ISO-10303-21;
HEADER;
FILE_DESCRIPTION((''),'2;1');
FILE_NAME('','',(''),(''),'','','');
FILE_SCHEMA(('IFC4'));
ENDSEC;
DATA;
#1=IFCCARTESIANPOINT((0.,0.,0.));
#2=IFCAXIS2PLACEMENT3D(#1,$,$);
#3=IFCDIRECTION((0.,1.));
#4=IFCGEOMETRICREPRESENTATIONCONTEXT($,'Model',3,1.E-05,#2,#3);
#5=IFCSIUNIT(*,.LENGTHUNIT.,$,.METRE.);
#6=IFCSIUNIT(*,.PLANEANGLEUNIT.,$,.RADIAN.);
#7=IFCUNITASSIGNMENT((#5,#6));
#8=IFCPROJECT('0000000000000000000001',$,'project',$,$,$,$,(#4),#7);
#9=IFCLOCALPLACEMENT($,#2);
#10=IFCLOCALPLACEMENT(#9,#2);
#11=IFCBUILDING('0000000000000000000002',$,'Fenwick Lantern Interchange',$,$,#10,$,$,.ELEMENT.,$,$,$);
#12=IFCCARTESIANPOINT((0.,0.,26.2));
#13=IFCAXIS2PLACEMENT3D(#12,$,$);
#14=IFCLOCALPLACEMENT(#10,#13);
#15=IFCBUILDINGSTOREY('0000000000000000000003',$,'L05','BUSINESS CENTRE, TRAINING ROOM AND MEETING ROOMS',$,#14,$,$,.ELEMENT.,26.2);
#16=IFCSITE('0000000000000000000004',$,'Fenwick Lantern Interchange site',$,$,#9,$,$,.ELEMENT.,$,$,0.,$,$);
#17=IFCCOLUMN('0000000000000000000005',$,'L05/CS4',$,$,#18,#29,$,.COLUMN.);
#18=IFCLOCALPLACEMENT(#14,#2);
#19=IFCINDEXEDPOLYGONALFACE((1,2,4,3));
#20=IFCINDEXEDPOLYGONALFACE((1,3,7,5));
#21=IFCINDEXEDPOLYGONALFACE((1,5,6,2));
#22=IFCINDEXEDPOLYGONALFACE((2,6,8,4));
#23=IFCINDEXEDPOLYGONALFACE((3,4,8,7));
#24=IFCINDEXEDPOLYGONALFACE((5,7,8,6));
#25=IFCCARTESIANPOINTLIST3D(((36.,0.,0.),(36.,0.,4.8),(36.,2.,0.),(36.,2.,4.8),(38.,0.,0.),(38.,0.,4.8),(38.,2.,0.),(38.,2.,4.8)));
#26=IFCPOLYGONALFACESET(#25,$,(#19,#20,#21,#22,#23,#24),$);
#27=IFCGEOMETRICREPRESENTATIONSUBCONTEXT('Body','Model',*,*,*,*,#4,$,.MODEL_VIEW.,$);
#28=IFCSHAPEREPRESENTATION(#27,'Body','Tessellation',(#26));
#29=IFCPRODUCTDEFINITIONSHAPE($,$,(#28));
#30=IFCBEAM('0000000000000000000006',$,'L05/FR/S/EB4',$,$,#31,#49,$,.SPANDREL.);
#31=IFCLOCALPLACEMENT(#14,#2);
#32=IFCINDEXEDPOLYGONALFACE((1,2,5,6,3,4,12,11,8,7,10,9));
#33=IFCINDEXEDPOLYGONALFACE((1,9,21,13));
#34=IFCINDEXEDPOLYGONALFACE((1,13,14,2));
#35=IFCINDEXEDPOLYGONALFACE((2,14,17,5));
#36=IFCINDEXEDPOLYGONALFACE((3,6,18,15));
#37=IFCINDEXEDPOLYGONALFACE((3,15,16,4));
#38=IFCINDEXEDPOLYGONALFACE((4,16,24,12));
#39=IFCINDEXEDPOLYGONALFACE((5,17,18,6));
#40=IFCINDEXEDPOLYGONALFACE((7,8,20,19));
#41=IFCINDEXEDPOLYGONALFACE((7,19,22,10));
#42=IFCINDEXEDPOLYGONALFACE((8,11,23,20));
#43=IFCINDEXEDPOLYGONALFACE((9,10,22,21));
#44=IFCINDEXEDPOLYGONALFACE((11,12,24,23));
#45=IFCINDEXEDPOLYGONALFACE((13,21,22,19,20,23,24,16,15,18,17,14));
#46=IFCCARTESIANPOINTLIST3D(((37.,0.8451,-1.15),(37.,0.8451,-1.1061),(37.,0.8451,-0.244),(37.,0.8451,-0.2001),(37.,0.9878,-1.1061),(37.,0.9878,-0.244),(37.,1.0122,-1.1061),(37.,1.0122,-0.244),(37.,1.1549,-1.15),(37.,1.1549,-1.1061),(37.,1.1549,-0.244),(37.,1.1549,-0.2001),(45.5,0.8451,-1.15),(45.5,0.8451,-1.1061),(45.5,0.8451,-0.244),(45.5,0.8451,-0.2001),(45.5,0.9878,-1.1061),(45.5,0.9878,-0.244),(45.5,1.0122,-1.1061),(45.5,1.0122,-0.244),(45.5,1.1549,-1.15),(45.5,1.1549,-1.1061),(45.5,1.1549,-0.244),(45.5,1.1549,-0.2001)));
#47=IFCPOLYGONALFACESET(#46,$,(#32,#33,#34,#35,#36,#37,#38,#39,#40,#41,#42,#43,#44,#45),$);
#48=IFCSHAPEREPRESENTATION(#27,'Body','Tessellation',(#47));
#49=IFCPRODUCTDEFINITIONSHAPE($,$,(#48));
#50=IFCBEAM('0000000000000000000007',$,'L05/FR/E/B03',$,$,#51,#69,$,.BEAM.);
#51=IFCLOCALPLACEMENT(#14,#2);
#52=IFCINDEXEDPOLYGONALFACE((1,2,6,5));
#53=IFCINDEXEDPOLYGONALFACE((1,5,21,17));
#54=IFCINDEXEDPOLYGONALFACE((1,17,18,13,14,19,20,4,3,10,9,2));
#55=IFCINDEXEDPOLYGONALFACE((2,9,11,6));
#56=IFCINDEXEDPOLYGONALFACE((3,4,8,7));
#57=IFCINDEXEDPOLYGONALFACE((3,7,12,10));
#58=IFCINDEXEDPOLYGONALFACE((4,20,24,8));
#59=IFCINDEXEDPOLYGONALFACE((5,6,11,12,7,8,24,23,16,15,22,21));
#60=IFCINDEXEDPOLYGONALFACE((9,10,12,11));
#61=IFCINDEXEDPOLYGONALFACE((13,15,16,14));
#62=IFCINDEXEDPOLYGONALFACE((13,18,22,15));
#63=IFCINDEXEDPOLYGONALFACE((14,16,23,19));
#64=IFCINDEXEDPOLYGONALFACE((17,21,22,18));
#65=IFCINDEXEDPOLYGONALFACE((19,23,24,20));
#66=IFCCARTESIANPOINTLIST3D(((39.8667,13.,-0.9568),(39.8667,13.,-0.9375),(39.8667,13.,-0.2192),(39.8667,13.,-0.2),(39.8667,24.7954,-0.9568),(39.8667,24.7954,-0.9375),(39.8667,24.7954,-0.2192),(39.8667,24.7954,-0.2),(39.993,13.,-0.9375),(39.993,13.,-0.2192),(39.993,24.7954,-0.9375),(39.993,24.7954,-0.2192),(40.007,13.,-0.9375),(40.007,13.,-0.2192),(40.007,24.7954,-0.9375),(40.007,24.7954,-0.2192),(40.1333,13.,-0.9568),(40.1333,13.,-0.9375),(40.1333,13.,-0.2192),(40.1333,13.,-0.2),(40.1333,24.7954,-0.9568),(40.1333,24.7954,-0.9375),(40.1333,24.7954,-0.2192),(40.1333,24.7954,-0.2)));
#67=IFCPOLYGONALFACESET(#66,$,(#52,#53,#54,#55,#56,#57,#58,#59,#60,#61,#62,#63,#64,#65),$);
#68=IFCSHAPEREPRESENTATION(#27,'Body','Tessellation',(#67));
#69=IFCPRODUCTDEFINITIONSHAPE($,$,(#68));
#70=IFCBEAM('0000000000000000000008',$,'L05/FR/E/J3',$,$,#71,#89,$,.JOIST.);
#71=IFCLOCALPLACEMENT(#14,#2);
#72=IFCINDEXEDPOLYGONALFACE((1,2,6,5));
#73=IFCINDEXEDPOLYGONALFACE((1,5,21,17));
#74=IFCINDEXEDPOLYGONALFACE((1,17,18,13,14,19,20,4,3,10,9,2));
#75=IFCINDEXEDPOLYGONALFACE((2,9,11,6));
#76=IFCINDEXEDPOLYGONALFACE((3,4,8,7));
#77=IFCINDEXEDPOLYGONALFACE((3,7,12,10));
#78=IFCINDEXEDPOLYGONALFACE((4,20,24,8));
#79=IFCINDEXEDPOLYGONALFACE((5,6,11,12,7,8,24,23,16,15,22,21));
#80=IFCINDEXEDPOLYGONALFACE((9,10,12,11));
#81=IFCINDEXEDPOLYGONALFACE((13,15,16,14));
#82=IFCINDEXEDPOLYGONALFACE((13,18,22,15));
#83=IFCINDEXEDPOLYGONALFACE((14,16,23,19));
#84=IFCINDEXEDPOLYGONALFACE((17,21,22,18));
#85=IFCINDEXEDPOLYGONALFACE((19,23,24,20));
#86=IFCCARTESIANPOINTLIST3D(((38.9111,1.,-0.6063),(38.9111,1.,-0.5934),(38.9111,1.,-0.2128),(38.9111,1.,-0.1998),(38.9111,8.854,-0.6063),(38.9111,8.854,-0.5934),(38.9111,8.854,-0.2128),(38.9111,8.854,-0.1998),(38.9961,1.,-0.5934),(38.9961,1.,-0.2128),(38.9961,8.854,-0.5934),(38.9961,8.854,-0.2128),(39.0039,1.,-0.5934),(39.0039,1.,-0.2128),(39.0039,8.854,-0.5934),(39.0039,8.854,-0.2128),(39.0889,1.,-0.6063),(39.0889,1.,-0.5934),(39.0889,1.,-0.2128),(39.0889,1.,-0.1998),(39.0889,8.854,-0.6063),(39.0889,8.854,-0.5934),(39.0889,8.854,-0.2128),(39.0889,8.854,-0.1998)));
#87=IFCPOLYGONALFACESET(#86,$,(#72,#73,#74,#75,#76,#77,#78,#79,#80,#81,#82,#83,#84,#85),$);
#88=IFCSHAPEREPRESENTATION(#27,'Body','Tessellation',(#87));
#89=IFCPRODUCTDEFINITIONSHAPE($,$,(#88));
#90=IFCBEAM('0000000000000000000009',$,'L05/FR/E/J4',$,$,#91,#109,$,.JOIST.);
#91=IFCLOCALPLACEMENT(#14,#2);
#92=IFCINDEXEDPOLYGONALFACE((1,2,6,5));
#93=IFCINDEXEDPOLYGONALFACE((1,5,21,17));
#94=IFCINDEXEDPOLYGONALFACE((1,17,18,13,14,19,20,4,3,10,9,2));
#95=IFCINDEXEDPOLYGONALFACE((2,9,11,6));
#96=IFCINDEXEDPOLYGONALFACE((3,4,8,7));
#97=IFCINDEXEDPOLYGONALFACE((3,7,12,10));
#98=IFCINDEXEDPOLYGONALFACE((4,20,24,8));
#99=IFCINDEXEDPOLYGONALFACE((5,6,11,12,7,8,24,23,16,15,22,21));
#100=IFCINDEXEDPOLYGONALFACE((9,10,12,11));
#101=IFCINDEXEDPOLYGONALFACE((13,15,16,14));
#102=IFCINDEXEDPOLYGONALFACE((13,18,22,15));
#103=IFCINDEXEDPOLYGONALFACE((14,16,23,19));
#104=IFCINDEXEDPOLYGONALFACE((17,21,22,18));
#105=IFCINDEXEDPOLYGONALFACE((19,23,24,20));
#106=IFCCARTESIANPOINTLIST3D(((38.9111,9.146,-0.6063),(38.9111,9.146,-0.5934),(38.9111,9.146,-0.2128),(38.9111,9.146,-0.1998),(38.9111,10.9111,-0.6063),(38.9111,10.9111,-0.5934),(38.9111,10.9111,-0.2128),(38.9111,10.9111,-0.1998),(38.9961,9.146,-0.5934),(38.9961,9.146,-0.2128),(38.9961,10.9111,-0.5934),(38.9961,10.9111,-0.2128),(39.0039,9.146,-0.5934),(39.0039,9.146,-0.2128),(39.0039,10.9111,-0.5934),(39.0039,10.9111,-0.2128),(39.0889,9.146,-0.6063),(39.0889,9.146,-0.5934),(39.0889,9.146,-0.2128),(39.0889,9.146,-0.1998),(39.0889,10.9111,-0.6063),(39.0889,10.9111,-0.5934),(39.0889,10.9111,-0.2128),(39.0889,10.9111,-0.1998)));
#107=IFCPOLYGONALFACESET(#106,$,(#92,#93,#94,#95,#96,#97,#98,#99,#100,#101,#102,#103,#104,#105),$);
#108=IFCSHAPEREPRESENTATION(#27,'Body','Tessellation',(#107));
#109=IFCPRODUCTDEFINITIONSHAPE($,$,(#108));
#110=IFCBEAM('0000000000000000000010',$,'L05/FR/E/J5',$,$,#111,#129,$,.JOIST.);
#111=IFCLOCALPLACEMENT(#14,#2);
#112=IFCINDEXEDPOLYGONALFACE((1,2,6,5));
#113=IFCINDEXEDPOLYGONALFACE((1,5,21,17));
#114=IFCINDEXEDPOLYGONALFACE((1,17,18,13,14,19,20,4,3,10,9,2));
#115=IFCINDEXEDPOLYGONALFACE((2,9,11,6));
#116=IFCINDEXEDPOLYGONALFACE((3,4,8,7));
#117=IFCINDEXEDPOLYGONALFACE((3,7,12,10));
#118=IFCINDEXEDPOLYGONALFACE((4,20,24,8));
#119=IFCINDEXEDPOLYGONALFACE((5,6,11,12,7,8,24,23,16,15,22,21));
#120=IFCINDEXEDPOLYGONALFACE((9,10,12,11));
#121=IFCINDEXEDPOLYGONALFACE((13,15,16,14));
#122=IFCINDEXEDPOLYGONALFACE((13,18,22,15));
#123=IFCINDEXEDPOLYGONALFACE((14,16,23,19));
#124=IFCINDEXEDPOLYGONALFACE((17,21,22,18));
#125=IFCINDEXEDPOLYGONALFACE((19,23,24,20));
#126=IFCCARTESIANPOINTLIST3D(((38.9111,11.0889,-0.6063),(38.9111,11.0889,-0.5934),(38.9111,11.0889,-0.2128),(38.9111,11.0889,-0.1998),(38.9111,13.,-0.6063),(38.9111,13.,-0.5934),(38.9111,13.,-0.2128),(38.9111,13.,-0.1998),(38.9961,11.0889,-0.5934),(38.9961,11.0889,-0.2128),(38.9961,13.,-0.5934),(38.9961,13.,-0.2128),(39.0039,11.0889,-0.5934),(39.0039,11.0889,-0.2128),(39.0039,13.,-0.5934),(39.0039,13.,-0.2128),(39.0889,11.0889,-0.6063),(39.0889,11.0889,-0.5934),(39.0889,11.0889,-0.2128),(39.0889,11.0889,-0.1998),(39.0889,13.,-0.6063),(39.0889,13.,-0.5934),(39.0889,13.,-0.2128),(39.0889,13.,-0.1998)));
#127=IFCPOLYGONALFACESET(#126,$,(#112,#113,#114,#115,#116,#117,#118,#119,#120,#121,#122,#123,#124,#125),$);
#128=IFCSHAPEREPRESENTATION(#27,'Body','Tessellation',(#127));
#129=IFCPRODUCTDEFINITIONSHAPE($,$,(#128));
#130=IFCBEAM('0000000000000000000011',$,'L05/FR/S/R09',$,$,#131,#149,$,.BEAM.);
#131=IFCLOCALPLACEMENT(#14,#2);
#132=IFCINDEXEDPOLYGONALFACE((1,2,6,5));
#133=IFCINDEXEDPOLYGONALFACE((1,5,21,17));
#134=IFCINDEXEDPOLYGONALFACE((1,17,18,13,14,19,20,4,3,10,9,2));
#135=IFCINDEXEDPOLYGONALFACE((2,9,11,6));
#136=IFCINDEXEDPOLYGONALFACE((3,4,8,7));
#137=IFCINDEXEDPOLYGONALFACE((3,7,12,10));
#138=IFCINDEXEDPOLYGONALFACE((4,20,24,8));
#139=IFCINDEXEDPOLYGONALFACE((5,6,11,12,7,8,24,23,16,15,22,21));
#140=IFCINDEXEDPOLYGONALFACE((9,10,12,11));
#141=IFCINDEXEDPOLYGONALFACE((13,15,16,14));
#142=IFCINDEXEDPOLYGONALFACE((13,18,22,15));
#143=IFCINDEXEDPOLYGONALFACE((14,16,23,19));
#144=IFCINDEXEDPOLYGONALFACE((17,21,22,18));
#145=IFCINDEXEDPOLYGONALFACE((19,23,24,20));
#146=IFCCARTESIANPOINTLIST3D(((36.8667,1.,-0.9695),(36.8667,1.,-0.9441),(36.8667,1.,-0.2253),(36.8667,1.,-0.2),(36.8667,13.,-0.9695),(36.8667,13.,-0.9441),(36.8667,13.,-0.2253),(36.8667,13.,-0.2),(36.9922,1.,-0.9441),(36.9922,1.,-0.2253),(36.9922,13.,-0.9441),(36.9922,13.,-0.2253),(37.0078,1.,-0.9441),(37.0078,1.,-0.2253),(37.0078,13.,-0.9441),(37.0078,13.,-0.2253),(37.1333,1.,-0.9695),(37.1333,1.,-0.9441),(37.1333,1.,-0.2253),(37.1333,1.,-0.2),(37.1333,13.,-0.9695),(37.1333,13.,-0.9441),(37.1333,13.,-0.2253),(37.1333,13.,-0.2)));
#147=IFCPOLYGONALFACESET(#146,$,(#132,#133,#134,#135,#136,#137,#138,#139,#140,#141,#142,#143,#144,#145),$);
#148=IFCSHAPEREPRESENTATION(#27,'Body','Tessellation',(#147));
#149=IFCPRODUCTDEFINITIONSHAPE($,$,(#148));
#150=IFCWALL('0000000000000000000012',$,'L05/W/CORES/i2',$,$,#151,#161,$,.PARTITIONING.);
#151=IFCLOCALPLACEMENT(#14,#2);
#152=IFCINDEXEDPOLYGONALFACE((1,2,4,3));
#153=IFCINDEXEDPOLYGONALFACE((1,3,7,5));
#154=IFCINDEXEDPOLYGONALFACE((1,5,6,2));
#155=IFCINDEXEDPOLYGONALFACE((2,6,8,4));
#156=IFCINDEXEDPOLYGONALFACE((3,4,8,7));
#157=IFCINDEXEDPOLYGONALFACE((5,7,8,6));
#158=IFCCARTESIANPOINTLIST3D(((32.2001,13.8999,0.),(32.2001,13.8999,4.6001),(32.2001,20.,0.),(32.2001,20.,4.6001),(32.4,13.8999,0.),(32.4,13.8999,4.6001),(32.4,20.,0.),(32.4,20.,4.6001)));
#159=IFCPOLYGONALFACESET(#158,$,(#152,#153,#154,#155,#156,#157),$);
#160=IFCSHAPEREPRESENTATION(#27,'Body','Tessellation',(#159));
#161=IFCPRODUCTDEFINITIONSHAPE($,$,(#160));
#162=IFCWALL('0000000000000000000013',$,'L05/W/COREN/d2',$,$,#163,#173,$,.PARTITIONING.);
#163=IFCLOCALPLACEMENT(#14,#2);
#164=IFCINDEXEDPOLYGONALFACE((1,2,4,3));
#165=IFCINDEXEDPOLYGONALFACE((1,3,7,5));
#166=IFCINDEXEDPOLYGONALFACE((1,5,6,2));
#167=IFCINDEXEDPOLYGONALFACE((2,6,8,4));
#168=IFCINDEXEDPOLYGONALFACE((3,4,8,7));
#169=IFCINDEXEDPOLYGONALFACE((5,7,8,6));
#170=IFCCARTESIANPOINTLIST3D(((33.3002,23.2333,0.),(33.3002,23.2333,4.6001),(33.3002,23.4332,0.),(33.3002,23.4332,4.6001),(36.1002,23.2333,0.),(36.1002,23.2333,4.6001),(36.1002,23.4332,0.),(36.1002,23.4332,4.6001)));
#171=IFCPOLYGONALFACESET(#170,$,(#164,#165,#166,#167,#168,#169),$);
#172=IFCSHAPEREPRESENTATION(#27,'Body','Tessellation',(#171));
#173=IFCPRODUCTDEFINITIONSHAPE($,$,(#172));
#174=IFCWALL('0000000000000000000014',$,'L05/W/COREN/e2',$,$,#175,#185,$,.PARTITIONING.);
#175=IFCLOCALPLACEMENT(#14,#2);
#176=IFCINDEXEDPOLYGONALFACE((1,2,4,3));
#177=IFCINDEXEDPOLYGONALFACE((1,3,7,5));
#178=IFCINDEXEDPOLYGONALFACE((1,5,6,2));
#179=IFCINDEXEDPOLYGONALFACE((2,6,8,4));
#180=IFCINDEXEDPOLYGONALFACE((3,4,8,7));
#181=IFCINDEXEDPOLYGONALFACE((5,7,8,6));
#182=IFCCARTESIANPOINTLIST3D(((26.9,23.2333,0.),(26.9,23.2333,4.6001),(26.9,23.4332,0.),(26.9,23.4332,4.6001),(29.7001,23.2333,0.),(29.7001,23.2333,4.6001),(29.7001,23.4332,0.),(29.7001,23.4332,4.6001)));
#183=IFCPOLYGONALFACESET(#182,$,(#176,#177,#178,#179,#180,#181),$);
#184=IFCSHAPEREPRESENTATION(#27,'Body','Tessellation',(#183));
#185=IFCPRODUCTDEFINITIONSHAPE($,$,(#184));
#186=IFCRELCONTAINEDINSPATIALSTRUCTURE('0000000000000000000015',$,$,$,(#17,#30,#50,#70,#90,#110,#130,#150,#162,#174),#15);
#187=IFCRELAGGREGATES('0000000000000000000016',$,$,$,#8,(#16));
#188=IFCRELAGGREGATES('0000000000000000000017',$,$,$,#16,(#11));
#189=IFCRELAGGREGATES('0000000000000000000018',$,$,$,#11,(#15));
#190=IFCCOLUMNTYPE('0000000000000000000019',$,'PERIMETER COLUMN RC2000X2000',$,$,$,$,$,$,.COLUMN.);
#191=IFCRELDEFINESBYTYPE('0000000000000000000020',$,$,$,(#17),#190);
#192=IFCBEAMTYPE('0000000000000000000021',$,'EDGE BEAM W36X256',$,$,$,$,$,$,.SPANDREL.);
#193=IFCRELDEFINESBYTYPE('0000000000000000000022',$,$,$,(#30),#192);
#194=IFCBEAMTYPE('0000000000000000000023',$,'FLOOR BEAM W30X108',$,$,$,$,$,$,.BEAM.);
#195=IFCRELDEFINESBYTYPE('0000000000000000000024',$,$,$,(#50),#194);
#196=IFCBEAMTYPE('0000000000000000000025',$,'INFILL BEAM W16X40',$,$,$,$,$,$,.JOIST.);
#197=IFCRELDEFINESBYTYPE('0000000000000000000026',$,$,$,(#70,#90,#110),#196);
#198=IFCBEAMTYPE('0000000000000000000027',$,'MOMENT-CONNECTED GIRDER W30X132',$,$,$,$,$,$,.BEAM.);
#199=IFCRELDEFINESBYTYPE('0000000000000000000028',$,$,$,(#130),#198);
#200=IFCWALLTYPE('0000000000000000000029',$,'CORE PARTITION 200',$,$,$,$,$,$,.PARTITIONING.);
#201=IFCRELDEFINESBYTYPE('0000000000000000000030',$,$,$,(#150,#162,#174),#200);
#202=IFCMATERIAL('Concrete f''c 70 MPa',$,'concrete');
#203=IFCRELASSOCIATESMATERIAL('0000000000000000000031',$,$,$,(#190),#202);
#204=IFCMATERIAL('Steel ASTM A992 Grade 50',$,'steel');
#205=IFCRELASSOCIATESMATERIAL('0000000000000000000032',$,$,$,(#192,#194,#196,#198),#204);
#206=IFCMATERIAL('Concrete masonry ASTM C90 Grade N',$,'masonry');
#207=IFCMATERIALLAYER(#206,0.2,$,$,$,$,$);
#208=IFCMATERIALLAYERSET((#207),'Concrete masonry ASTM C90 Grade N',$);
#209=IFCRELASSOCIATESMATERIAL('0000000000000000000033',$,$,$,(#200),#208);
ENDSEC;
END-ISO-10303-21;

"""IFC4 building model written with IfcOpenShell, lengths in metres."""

from ifc_helpers import new_model, si_unit, direction, frame, frame_2d, origin, origin_2d, place, context, subcontext, project, spatial, rectangle, i_section, extrude, material, layer, layer_set, material_profile, profile_set, type_object, element, save


model = new_model("IFC4")

# Units and contexts
model_context = context("Model", 3, precision=1e-05, world=origin(), true_north=direction((0.0, 1.0)))
body_context = subcontext(model_context, "Body", "Model", "MODEL_VIEW")
ifc_project = project(units=[si_unit("LENGTHUNIT", "METRE"), si_unit("PLANEANGLEUNIT", "RADIAN")], contexts=[model_context])

# Site, building, storey
site_placement = place(None, origin())
site = spatial("IfcSite", under=ifc_project, at=site_placement, Name="Fenwick Lantern Interchange site", CompositionType="ELEMENT", RefElevation=0.0)
building_placement = place(site_placement, origin())
building = spatial("IfcBuilding", under=site, at=building_placement, Name="Fenwick Lantern Interchange", CompositionType="ELEMENT")
storey_placement = place(building_placement, frame((0.0, 0.0, 26.2)))
storey = spatial("IfcBuildingStorey", under=building, at=storey_placement, Name="L05", Description="BUSINESS CENTRE, TRAINING ROOM AND MEETING ROOMS", CompositionType="ELEMENT", Elevation=26.2)

# Column
ifc_material_1 = material(Name="Concrete f'c 70 MPa", Category="concrete")
ifc_material_profile_1 = material_profile(ifc_material_1, rectangle(XDim=2.0, YDim=2.0, at=origin_2d()), Name="RC2000X2000")
ifc_profile_set_1 = profile_set([ifc_material_profile_1], Name="Concrete f'c 70 MPa")
column_type = type_object("IfcColumnType", Name="PERIMETER COLUMN RC2000X2000", PredefinedType="COLUMN", material=ifc_profile_set_1)
column_placement = place(storey_placement, frame((37.0, 1.0, 0.0), z_axis=(0.0, 0.0, 1.0), x_axis=(1.0, 0.0, 0.0)))
element("IfcColumn", 1, at=column_placement, inside=storey, type_object=column_type, Name="L05/CS4", PredefinedType="COLUMN", context=body_context, shape_type="SweptSolid", body=[
    extrude(rectangle(XDim=2.0, YDim=2.0, at=origin_2d()), origin(), (0.0, 0.0, 1.0), 4.8),
])

# Beams
ifc_material_2 = material(Name="Steel ASTM A992 Grade 50", Category="steel")
ifc_material_profile_2 = material_profile(ifc_material_2, i_section(OverallWidth=0.3098, OverallDepth=0.95, WebThickness=0.0244, FlangeThickness=0.0439, at=origin_2d()), Name="W36X256")
ifc_profile_set_2 = profile_set([ifc_material_profile_2], Name="Steel ASTM A992 Grade 50")
beam_type_1 = type_object("IfcBeamType", Name="EDGE BEAM W36X256", PredefinedType="SPANDREL", material=ifc_profile_set_2)
beam_1_placement = place(storey_placement, frame((37.0, 1.0, -0.675), z_axis=(1.0, 0.0, 0.0), x_axis=(0.0, 1.0, 0.0)))
element("IfcBeam", 2, at=beam_1_placement, inside=storey, type_object=beam_type_1, Name="L05/FR/S/EB4", PredefinedType="SPANDREL", context=body_context, shape_type="SweptSolid", body=[
    extrude(i_section(OverallWidth=0.3098, OverallDepth=0.95, WebThickness=0.0244, FlangeThickness=0.0439, at=origin_2d()), origin(), (0.0, 0.0, 1.0), 8.5),
])
ifc_material_profile_3 = material_profile(ifc_material_2, i_section(OverallWidth=0.2666, OverallDepth=0.7568, WebThickness=0.0139, FlangeThickness=0.0193, at=origin_2d()), Name="W30X108")
ifc_profile_set_3 = profile_set([ifc_material_profile_3], Name="Steel ASTM A992 Grade 50")
beam_type_2 = type_object("IfcBeamType", Name="FLOOR BEAM W30X108", PredefinedType="BEAM", material=ifc_profile_set_3)
beam_2_placement = place(storey_placement, frame((40.0, 13.0, -0.5784), z_axis=(0.0, 1.0, 0.0), x_axis=(-1.0, 0.0, 0.0)))
element("IfcBeam", 3, at=beam_2_placement, inside=storey, type_object=beam_type_2, Name="L05/FR/E/B03", PredefinedType="BEAM", context=body_context, shape_type="SweptSolid", body=[
    extrude(i_section(OverallWidth=0.2666, OverallDepth=0.7568, WebThickness=0.0139, FlangeThickness=0.0193, at=origin_2d()), origin(), (0.0, 0.0, 1.0), 11.7954),
])
ifc_material_profile_4 = material_profile(ifc_material_2, i_section(OverallWidth=0.1777, OverallDepth=0.4065, WebThickness=0.0078, FlangeThickness=0.0129, at=origin_2d()), Name="W16X40")
ifc_profile_set_4 = profile_set([ifc_material_profile_4], Name="Steel ASTM A992 Grade 50")
beam_type_3 = type_object("IfcBeamType", Name="INFILL BEAM W16X40", PredefinedType="JOIST", material=ifc_profile_set_4)
beam_3_placement = place(storey_placement, frame((39.0, 1.0, -0.4031), z_axis=(0.0, 1.0, 0.0), x_axis=(-1.0, 0.0, 0.0)))
element("IfcBeam", 4, at=beam_3_placement, inside=storey, type_object=beam_type_3, Name="L05/FR/E/J3", PredefinedType="JOIST", context=body_context, shape_type="SweptSolid", body=[
    extrude(i_section(OverallWidth=0.1777, OverallDepth=0.4065, WebThickness=0.0078, FlangeThickness=0.0129, at=origin_2d()), origin(), (0.0, 0.0, 1.0), 7.854),
])
beam_4_placement = place(storey_placement, frame((39.0, 9.146, -0.4031), z_axis=(0.0, 1.0, 0.0), x_axis=(-1.0, 0.0, 0.0)))
element("IfcBeam", 5, at=beam_4_placement, inside=storey, type_object=beam_type_3, Name="L05/FR/E/J4", PredefinedType="JOIST", context=body_context, shape_type="SweptSolid", body=[
    extrude(i_section(OverallWidth=0.1777, OverallDepth=0.4065, WebThickness=0.0078, FlangeThickness=0.0129, at=origin_2d()), origin(), (0.0, 0.0, 1.0), 1.7651),
])
beam_5_placement = place(storey_placement, frame((39.0, 11.0889, -0.4031), z_axis=(0.0, 1.0, 0.0), x_axis=(-1.0, 0.0, 0.0)))
element("IfcBeam", 6, at=beam_5_placement, inside=storey, type_object=beam_type_3, Name="L05/FR/E/J5", PredefinedType="JOIST", context=body_context, shape_type="SweptSolid", body=[
    extrude(i_section(OverallWidth=0.1777, OverallDepth=0.4065, WebThickness=0.0078, FlangeThickness=0.0129, at=origin_2d()), origin(), (0.0, 0.0, 1.0), 1.9111),
])
ifc_material_profile_5 = material_profile(ifc_material_2, i_section(OverallWidth=0.2666, OverallDepth=0.7695, WebThickness=0.0156, FlangeThickness=0.0254, at=origin_2d()), Name="W30X132")
ifc_profile_set_5 = profile_set([ifc_material_profile_5], Name="Steel ASTM A992 Grade 50")
beam_type_4 = type_object("IfcBeamType", Name="MOMENT-CONNECTED GIRDER W30X132", PredefinedType="BEAM", material=ifc_profile_set_5)
beam_6_placement = place(storey_placement, frame((37.0, 1.0, -0.5847), z_axis=(0.0, 1.0, 0.0), x_axis=(-1.0, 0.0, 0.0)))
element("IfcBeam", 7, at=beam_6_placement, inside=storey, type_object=beam_type_4, Name="L05/FR/S/R09", PredefinedType="BEAM", context=body_context, shape_type="SweptSolid", body=[
    extrude(i_section(OverallWidth=0.2666, OverallDepth=0.7695, WebThickness=0.0156, FlangeThickness=0.0254, at=origin_2d()), origin(), (0.0, 0.0, 1.0), 12.0),
])

# Walls
ifc_material_3 = material(Name="Concrete masonry ASTM C90 Grade N", Category="masonry")
ifc_layer_1 = layer(ifc_material_3, 0.2)
ifc_layer_set_1 = layer_set([ifc_layer_1], Name="Concrete masonry ASTM C90 Grade N")
wall_type_1 = type_object("IfcWallType", Name="CORE PARTITION 200", PredefinedType="PARTITIONING", material=ifc_layer_set_1)
wall_1_placement = place(storey_placement, frame((32.3, 13.8999, 0.0), z_axis=(0.0, 0.0, 1.0), x_axis=(0.0, 1.0, 0.0)))
element("IfcWall", 8, at=wall_1_placement, inside=storey, type_object=wall_type_1, Name="L05/W/CORES/i2", PredefinedType="PARTITIONING", context=body_context, shape_type="SweptSolid", body=[
    extrude(rectangle(XDim=6.1001, YDim=0.2, at=frame_2d((3.05, 0.0))), origin(), (0.0, 0.0, 1.0), 4.6001),
])
for number, where, z_axis, x_axis, name in (
    (9, (36.1001, 23.3333, 0.0), (0.0, 0.0, 1.0), (-1.0, 0.0, 0.0), "L05/W/COREN/d2"),
    (10, (29.7, 23.3333, 0.0), (0.0, 0.0, 1.0), (-1.0, 0.0, 0.0), "L05/W/COREN/e2"),
):
    element("IfcWall", number, at=place(storey_placement, frame(where, z_axis=z_axis, x_axis=x_axis)), inside=storey, type_object=wall_type_1, Name=name, PredefinedType="PARTITIONING", context=body_context, shape_type="SweptSolid", body=[
        extrude(rectangle(XDim=2.8, YDim=0.2, at=frame_2d((1.3999, 0.0))), origin(), (0.0, 0.0, 1.0), 4.6001),
    ])

save(model, "model.ifc")
